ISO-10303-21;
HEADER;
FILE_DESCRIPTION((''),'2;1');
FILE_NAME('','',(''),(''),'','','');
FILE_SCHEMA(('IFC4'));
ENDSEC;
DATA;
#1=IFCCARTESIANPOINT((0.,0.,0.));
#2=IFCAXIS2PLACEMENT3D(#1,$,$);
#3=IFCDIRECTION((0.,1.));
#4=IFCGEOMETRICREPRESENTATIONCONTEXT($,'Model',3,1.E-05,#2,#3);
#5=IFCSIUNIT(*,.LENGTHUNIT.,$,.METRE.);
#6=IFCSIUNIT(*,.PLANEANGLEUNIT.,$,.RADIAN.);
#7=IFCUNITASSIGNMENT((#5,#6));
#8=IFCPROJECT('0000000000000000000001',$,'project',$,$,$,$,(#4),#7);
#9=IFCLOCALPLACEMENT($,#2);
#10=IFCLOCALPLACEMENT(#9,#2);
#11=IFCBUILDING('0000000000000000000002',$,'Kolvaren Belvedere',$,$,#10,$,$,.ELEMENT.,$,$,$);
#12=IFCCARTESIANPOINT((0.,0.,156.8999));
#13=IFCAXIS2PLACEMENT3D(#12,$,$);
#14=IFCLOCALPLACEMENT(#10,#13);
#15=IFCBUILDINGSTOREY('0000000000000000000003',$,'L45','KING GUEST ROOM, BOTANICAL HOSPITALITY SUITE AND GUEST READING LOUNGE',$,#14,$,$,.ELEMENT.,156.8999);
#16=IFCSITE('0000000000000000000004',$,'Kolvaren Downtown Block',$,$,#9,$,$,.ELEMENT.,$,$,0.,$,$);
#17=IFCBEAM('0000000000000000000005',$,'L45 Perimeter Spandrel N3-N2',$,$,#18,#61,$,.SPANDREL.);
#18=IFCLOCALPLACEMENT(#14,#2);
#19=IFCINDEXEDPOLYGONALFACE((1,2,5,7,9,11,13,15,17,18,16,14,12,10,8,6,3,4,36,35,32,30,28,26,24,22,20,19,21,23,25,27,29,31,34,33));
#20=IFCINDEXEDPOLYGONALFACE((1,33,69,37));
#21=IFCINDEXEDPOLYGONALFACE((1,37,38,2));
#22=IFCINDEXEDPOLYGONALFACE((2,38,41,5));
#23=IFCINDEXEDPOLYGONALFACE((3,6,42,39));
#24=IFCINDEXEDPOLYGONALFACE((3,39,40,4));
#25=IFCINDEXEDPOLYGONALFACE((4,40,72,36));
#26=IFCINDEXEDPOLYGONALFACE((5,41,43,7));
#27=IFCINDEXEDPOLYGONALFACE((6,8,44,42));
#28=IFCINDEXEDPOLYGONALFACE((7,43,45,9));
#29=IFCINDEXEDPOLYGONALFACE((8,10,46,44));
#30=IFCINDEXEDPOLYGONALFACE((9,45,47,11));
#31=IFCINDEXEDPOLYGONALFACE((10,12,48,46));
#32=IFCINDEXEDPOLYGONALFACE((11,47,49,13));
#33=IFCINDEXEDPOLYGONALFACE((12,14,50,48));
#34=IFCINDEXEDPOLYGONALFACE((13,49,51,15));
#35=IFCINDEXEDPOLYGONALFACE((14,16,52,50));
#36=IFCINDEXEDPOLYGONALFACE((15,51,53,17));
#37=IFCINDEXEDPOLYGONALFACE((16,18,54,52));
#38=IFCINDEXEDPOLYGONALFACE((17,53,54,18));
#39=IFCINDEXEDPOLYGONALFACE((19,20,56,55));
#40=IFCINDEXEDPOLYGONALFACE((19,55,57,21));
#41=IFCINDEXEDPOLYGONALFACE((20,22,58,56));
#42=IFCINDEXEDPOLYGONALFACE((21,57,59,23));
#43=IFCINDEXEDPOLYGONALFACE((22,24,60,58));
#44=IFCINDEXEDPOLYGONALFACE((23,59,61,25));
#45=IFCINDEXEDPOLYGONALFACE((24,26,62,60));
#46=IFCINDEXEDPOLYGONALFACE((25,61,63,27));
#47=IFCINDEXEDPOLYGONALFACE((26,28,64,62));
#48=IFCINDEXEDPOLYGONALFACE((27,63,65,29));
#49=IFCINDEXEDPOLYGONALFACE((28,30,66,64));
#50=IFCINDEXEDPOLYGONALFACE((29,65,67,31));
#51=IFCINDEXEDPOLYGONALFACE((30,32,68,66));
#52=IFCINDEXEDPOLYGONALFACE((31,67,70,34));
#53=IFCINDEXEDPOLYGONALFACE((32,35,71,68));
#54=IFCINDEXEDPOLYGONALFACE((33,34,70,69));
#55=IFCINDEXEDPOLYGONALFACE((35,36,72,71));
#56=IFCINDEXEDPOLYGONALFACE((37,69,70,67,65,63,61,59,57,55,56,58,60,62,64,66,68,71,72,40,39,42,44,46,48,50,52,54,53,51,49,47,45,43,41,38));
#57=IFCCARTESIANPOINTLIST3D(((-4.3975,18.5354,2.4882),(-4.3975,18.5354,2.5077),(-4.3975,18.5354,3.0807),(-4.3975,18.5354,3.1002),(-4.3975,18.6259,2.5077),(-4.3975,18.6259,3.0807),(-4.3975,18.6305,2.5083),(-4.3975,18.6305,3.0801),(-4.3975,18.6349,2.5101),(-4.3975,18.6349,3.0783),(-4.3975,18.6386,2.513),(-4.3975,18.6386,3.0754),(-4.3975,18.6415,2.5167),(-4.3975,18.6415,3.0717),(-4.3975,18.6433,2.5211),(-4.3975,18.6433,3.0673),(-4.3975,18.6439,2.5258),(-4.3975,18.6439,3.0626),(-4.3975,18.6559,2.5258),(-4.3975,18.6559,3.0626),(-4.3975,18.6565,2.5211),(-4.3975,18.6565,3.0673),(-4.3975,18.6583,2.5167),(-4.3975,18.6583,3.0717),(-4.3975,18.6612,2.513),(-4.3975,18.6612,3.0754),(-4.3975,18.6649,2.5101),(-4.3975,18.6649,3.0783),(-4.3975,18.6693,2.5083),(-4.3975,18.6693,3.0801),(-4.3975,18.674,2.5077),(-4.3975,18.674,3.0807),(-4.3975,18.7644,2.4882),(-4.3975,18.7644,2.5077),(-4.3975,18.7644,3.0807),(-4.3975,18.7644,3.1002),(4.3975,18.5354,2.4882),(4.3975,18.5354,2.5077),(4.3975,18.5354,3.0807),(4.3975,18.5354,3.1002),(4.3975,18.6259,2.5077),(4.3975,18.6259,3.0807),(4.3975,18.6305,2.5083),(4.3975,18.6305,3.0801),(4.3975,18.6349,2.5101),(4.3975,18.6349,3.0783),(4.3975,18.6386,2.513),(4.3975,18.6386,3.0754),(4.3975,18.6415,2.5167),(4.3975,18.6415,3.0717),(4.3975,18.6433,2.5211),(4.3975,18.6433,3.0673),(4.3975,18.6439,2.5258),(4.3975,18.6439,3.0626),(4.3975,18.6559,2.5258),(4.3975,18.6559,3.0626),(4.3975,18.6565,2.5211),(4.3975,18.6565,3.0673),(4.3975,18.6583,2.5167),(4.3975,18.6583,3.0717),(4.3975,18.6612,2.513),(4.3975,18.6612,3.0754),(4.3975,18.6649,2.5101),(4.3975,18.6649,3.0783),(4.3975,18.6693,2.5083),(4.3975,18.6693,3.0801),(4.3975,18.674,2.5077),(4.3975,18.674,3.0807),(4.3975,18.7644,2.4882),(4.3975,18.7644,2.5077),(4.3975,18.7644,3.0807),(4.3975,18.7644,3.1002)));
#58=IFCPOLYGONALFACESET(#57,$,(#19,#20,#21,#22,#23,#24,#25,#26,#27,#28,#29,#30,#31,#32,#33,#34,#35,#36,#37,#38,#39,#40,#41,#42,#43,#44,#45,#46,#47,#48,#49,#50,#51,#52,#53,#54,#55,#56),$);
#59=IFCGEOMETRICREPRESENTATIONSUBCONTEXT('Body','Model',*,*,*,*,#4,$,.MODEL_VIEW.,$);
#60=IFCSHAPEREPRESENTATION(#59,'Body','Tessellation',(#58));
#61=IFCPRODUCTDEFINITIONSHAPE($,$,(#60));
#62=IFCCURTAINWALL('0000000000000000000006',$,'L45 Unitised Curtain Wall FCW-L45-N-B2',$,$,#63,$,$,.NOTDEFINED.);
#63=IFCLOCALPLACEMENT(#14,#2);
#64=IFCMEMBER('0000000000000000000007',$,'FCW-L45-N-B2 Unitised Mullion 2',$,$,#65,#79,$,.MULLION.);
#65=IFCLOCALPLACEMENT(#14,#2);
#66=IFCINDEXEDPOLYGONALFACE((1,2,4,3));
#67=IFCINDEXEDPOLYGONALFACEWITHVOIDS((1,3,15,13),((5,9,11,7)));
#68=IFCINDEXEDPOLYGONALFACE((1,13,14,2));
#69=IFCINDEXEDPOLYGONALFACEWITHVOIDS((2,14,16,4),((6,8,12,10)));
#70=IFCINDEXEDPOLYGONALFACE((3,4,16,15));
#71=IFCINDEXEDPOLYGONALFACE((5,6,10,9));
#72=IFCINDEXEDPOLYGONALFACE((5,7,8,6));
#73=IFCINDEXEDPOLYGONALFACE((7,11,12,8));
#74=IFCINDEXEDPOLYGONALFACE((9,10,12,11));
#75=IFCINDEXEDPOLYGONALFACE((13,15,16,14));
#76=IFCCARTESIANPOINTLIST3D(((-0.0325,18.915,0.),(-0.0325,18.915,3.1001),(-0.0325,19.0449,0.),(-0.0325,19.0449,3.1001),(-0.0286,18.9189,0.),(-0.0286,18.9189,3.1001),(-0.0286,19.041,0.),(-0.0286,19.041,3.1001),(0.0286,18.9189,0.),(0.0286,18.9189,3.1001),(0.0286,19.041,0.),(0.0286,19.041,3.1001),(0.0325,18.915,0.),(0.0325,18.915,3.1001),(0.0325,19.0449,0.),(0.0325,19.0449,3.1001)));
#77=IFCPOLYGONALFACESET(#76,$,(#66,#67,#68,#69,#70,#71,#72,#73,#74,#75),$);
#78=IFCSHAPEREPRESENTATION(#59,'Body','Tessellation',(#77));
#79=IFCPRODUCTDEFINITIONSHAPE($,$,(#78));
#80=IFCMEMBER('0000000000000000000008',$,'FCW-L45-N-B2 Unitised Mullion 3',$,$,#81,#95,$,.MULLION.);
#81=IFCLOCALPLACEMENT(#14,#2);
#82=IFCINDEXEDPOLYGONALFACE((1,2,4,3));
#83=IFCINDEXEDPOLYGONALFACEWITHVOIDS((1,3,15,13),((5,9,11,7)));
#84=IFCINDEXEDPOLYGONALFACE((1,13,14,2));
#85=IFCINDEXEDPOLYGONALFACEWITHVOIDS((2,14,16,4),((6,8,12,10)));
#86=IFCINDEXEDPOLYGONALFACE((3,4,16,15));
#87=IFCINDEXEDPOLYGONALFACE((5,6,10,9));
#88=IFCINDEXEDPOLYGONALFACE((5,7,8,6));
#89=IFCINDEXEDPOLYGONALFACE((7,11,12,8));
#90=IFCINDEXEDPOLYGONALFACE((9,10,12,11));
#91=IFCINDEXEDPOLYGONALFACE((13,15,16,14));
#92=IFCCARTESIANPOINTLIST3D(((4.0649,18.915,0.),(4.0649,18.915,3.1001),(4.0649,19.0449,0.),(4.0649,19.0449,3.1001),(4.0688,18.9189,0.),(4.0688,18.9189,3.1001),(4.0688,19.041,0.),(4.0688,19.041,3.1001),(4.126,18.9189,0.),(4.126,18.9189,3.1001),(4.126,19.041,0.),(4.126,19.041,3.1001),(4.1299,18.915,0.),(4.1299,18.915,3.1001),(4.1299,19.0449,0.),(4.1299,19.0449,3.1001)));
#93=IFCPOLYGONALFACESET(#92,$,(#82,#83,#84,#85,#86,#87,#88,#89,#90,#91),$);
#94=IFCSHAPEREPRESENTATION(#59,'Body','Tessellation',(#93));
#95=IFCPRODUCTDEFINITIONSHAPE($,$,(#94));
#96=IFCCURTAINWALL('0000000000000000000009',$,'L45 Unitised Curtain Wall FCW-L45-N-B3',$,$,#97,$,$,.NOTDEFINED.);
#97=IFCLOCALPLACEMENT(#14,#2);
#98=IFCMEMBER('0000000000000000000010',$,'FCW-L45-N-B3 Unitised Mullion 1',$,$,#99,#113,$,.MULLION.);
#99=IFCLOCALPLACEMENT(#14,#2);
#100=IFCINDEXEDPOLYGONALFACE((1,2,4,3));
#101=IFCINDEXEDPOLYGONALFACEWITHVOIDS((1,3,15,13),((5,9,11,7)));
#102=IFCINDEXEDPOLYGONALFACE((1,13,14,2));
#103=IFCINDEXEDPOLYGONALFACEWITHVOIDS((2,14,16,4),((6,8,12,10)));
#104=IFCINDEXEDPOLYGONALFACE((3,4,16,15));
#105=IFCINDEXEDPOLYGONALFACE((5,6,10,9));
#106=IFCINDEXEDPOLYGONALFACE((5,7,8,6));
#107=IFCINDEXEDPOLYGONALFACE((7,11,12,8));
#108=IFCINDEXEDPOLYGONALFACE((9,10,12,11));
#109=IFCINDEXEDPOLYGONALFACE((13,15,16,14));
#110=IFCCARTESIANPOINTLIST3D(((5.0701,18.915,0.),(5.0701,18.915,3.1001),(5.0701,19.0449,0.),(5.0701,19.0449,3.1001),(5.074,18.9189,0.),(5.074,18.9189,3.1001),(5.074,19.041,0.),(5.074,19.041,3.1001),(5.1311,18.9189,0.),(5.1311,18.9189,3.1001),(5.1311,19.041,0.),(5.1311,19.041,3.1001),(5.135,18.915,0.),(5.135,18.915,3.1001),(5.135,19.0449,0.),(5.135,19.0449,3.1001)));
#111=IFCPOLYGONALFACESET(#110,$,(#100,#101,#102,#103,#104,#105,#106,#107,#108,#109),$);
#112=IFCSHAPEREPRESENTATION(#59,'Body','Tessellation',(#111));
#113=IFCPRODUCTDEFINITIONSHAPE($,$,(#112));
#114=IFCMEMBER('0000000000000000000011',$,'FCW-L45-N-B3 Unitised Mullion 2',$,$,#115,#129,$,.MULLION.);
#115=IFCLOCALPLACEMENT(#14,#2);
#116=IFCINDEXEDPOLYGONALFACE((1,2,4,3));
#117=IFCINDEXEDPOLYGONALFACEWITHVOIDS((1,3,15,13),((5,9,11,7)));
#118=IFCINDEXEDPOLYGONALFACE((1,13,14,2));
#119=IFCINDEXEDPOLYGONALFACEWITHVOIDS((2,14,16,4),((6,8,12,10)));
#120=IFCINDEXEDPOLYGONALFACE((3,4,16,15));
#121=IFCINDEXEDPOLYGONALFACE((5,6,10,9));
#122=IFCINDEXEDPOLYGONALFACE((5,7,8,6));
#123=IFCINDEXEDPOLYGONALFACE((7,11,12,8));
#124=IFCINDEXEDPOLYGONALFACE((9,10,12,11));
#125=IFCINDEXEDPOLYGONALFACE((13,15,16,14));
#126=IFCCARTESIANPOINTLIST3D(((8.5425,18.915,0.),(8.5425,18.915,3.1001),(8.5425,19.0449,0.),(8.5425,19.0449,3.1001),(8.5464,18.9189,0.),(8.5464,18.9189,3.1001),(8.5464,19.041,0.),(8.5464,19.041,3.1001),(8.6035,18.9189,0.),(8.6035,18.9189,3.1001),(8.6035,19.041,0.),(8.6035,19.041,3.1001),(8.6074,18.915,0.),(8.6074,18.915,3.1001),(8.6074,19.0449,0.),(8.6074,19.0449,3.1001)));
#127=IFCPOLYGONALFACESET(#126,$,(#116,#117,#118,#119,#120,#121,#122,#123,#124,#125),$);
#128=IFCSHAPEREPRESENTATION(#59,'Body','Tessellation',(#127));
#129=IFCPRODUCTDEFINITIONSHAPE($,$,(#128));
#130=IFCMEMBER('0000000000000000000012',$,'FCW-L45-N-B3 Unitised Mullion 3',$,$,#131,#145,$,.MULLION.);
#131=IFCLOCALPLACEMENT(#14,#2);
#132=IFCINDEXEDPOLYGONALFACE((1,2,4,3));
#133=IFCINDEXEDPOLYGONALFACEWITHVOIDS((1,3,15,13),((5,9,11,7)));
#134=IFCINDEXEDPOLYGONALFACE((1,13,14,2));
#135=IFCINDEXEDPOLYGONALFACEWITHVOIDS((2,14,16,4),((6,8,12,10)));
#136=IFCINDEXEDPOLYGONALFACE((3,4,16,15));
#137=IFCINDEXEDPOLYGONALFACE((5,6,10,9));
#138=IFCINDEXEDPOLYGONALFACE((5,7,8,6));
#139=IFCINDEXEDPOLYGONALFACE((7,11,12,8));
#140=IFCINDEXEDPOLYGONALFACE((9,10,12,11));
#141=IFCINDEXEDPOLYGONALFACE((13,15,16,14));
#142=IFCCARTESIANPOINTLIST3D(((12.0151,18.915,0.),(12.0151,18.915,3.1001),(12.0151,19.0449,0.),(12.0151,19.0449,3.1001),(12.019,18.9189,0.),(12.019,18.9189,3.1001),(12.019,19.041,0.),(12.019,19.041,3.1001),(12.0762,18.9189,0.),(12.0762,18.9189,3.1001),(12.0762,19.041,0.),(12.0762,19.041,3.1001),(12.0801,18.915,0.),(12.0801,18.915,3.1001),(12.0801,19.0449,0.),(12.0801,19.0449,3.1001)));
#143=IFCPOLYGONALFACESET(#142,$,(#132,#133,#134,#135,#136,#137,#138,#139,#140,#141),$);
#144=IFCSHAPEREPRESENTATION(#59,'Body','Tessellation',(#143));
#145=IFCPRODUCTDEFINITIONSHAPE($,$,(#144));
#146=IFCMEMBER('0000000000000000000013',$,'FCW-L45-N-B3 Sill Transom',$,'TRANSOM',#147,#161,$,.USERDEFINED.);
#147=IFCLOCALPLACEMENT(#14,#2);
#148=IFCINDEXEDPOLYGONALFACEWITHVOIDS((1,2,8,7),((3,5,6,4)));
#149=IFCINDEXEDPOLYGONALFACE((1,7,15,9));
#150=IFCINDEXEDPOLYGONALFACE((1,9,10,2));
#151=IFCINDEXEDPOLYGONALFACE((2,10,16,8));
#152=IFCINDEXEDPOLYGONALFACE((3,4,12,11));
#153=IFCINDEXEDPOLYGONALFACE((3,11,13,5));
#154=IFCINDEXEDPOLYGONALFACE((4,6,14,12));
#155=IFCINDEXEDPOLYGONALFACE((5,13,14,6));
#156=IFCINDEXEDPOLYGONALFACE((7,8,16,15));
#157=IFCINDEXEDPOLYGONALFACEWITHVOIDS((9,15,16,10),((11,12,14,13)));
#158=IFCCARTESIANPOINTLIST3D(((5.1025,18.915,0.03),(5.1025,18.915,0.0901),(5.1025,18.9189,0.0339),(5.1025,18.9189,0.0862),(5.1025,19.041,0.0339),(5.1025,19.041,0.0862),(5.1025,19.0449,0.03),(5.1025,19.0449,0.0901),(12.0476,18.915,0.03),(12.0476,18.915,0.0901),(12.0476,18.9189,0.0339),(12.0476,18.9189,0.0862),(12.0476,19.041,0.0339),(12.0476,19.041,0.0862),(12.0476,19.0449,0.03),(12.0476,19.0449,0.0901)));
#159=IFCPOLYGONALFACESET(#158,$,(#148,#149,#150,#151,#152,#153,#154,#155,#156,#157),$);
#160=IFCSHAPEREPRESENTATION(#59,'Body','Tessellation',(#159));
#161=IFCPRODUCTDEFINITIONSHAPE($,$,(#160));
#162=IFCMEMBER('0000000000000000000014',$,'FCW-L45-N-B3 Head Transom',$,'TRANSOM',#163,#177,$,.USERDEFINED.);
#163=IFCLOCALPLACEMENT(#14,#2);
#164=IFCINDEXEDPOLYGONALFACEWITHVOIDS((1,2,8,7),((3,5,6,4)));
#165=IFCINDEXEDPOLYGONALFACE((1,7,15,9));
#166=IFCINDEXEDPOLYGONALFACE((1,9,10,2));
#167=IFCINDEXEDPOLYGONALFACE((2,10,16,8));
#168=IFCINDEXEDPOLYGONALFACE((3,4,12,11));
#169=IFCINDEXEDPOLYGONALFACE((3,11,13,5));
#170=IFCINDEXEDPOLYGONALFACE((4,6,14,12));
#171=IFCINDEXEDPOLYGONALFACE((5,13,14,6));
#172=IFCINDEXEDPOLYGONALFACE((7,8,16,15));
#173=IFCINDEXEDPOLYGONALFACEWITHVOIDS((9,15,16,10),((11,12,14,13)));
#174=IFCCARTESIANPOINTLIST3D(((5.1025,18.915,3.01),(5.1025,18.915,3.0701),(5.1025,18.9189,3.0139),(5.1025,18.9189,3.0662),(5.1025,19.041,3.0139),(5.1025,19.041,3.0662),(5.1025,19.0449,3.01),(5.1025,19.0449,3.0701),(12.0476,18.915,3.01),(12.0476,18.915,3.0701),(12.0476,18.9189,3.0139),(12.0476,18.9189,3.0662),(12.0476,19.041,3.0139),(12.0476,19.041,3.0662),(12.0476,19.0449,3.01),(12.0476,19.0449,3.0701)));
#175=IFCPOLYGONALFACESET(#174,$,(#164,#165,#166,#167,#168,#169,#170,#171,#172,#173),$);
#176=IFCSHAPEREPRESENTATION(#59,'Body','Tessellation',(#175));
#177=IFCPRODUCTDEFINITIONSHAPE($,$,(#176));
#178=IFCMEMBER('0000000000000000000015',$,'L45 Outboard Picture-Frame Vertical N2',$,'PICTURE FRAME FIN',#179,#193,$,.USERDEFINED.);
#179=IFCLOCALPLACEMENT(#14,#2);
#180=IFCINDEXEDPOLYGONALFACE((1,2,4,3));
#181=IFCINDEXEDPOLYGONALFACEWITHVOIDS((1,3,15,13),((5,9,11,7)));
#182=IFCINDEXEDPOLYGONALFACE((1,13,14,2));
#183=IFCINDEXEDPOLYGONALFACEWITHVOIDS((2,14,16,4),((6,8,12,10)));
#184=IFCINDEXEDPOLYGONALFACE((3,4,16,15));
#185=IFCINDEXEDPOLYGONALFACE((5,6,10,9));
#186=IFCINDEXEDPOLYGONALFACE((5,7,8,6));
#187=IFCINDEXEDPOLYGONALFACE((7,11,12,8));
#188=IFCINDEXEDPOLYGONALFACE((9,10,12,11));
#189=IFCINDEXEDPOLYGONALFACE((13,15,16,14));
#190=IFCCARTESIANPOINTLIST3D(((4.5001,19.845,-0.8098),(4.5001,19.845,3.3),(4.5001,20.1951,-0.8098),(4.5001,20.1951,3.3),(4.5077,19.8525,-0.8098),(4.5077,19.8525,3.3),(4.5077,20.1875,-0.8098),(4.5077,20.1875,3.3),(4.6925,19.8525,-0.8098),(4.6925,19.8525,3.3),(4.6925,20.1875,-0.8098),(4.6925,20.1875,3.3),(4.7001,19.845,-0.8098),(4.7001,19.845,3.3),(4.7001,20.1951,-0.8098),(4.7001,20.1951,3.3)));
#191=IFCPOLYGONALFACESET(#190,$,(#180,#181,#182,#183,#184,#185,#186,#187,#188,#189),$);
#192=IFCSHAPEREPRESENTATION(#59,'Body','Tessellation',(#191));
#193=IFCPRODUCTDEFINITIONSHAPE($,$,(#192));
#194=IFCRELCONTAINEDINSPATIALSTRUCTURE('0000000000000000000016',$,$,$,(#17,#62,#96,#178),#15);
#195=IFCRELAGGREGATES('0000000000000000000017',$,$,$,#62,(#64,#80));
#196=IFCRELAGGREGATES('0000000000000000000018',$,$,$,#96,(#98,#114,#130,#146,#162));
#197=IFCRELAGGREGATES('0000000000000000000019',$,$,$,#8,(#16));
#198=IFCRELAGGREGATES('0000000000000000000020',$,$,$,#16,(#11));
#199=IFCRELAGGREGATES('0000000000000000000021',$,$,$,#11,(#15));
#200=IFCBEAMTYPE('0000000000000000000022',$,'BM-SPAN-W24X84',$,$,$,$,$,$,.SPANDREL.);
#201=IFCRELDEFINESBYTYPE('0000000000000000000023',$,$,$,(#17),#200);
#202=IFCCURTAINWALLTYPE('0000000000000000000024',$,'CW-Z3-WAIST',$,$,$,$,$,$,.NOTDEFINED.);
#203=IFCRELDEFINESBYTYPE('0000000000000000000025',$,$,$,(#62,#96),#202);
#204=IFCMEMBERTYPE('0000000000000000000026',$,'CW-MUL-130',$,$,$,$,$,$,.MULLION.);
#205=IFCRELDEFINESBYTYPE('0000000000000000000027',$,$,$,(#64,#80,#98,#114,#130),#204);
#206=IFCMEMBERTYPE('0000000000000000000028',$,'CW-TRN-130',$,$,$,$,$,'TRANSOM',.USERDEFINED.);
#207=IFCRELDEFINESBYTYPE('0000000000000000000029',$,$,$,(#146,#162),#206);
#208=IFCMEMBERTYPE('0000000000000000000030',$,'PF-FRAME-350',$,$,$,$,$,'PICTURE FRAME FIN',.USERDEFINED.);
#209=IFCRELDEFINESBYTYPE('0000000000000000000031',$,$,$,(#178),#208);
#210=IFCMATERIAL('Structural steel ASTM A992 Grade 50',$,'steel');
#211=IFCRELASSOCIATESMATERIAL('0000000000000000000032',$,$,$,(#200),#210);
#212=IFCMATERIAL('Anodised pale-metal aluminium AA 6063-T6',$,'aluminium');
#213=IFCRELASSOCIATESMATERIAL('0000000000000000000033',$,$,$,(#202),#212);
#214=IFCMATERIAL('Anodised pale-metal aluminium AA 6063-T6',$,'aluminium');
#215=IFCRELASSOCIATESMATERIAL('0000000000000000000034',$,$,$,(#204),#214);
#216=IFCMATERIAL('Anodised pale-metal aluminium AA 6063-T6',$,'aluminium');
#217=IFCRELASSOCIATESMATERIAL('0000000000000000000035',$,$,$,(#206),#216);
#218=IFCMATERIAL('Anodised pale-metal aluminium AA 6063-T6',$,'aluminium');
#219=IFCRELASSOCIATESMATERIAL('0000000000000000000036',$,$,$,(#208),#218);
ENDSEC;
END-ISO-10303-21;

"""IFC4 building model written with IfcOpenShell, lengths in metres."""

from ifc_helpers import new_model, si_unit, direction, frame, origin, origin_2d, place, context, subcontext, project, spatial, hollow_rectangle, i_section, extrude, material, material_profile, profile_set, type_object, element, aggregate, save


model = new_model("IFC4")

# Units and contexts
model_context = context("Model", 3, precision=1e-05, world=origin(), true_north=direction((0.0, 1.0)))
body_context = subcontext(model_context, "Body", "Model", "MODEL_VIEW")
ifc_project = project(units=[si_unit("LENGTHUNIT", "METRE"), si_unit("PLANEANGLEUNIT", "RADIAN")], contexts=[model_context])

# Site, building, storey
site_placement = place(None, origin())
site = spatial("IfcSite", under=ifc_project, at=site_placement, Name="Kolvaren Downtown Block", CompositionType="ELEMENT", RefElevation=0.0)
building_placement = place(site_placement, origin())
building = spatial("IfcBuilding", under=site, at=building_placement, Name="Kolvaren Belvedere", CompositionType="ELEMENT")
storey_placement = place(building_placement, frame((0.0, 0.0, 156.8999)))
storey = spatial("IfcBuildingStorey", under=building, at=storey_placement, Name="L45", Description="KING GUEST ROOM, BOTANICAL HOSPITALITY SUITE AND GUEST READING LOUNGE", CompositionType="ELEMENT", Elevation=156.8999)

# Beam
ifc_material_1 = material(Name="Structural steel ASTM A992 Grade 50", Category="steel")
ifc_material_profile_1 = material_profile(ifc_material_1, i_section(OverallWidth=0.229, OverallDepth=0.6121, WebThickness=0.012, FlangeThickness=0.0195, FilletRadius=0.0181, at=origin_2d()), Name="W24X84")
ifc_profile_set_1 = profile_set([ifc_material_profile_1], Name="Structural steel ASTM A992 Grade 50")
beam_type_1 = type_object("IfcBeamType", Name="BM-SPAN-W24X84", PredefinedType="SPANDREL", material=ifc_profile_set_1)
beam_1_placement = place(storey_placement, frame((4.3975, 18.6499, 2.7942), z_axis=(-1.0, 0.0, 0.0), x_axis=(0.0, -1.0, 0.0)))
element("IfcBeam", 1, at=beam_1_placement, inside=storey, type_object=beam_type_1, Name="L45 Perimeter Spandrel N3-N2", PredefinedType="SPANDREL", context=body_context, shape_type="SweptSolid", body=[
    extrude(i_section(OverallWidth=0.229, OverallDepth=0.6121, WebThickness=0.012, FlangeThickness=0.0195, FilletRadius=0.0181, at=origin_2d()), origin(), (0.0, 0.0, 1.0), 8.7949),
])

# Curtain walls, members
ifc_material_2 = material(Name="Anodised pale-metal aluminium AA 6063-T6", Category="aluminium")
curtain_wall_type = type_object("IfcCurtainWallType", Name="CW-Z3-WAIST", PredefinedType="NOTDEFINED", material=ifc_material_2)
curtain_wall_1_placement = place(storey_placement, origin())
curtain_wall_1 = element("IfcCurtainWall", 2, at=curtain_wall_1_placement, inside=storey, type_object=curtain_wall_type, Name="L45 Unitised Curtain Wall FCW-L45-N-B2", PredefinedType="NOTDEFINED")
ifc_material_3 = material(Name="Anodised pale-metal aluminium AA 6063-T6", Category="aluminium")
ifc_material_profile_2 = material_profile(ifc_material_3, hollow_rectangle(XDim=0.0649, YDim=0.1299, WallThickness=0.0039, at=origin_2d()), Name="ALU-MUL-130X65")
ifc_profile_set_2 = profile_set([ifc_material_profile_2], Name="Anodised pale-metal aluminium AA 6063-T6")
member_type_1 = type_object("IfcMemberType", Name="CW-MUL-130", PredefinedType="MULLION", material=ifc_profile_set_2)
member_1_placement = place(storey_placement, frame((0.0, 18.98, 0.0), z_axis=(0.0, 0.0, 1.0), x_axis=(1.0, 0.0, 0.0)))
member_1 = element("IfcMember", 3, at=member_1_placement, type_object=member_type_1, Name="FCW-L45-N-B2 Unitised Mullion 2", PredefinedType="MULLION", context=body_context, shape_type="SweptSolid", body=[
    extrude(hollow_rectangle(XDim=0.0649, YDim=0.1299, WallThickness=0.0039, at=origin_2d()), origin(), (0.0, 0.0, 1.0), 3.1001),
])
member_2_placement = place(storey_placement, frame((4.0974, 18.98, 0.0), z_axis=(0.0, 0.0, 1.0), x_axis=(1.0, 0.0, 0.0)))
member_2 = element("IfcMember", 4, at=member_2_placement, type_object=member_type_1, Name="FCW-L45-N-B2 Unitised Mullion 3", PredefinedType="MULLION", context=body_context, shape_type="SweptSolid", body=[
    extrude(hollow_rectangle(XDim=0.0649, YDim=0.1299, WallThickness=0.0039, at=origin_2d()), origin(), (0.0, 0.0, 1.0), 3.1001),
])
curtain_wall_2_placement = place(storey_placement, origin())
curtain_wall_2 = element("IfcCurtainWall", 5, at=curtain_wall_2_placement, inside=storey, type_object=curtain_wall_type, Name="L45 Unitised Curtain Wall FCW-L45-N-B3", PredefinedType="NOTDEFINED")
member_3_placement = place(storey_placement, frame((5.1025, 18.98, 0.0), z_axis=(0.0, 0.0, 1.0), x_axis=(1.0, 0.0, 0.0)))
member_3 = element("IfcMember", 6, at=member_3_placement, type_object=member_type_1, Name="FCW-L45-N-B3 Unitised Mullion 1", PredefinedType="MULLION", context=body_context, shape_type="SweptSolid", body=[
    extrude(hollow_rectangle(XDim=0.0649, YDim=0.1299, WallThickness=0.0039, at=origin_2d()), origin(), (0.0, 0.0, 1.0), 3.1001),
])
member_4_placement = place(storey_placement, frame((8.575, 18.98, 0.0), z_axis=(0.0, 0.0, 1.0), x_axis=(1.0, 0.0, 0.0)))
member_4 = element("IfcMember", 7, at=member_4_placement, type_object=member_type_1, Name="FCW-L45-N-B3 Unitised Mullion 2", PredefinedType="MULLION", context=body_context, shape_type="SweptSolid", body=[
    extrude(hollow_rectangle(XDim=0.0649, YDim=0.1299, WallThickness=0.0039, at=origin_2d()), origin(), (0.0, 0.0, 1.0), 3.1001),
])
member_5_placement = place(storey_placement, frame((12.0476, 18.98, 0.0), z_axis=(0.0, 0.0, 1.0), x_axis=(1.0, 0.0, 0.0)))
member_5 = element("IfcMember", 8, at=member_5_placement, type_object=member_type_1, Name="FCW-L45-N-B3 Unitised Mullion 3", PredefinedType="MULLION", context=body_context, shape_type="SweptSolid", body=[
    extrude(hollow_rectangle(XDim=0.0649, YDim=0.1299, WallThickness=0.0039, at=origin_2d()), origin(), (0.0, 0.0, 1.0), 3.1001),
])
ifc_material_4 = material(Name="Anodised pale-metal aluminium AA 6063-T6", Category="aluminium")
ifc_material_profile_3 = material_profile(ifc_material_4, hollow_rectangle(XDim=0.0601, YDim=0.1299, WallThickness=0.0039, at=origin_2d()), Name="ALU-TRN-130X60")
ifc_profile_set_3 = profile_set([ifc_material_profile_3], Name="Anodised pale-metal aluminium AA 6063-T6")
member_type_2 = type_object("IfcMemberType", Name="CW-TRN-130", ElementType="TRANSOM", PredefinedType="USERDEFINED", material=ifc_profile_set_3)
member_6_placement = place(storey_placement, frame((5.1025, 18.98, 0.0601), z_axis=(1.0, 0.0, 0.0), x_axis=(0.0, 0.0, 1.0)))
member_6 = element("IfcMember", 9, at=member_6_placement, type_object=member_type_2, Name="FCW-L45-N-B3 Sill Transom", ObjectType="TRANSOM", PredefinedType="USERDEFINED", context=body_context, shape_type="SweptSolid", body=[
    extrude(hollow_rectangle(XDim=0.0601, YDim=0.1299, WallThickness=0.0039, at=origin_2d()), origin(), (0.0, 0.0, 1.0), 6.9451),
])
member_7_placement = place(storey_placement, frame((5.1025, 18.98, 3.04), z_axis=(1.0, 0.0, 0.0), x_axis=(0.0, 0.0, 1.0)))
member_7 = element("IfcMember", 10, at=member_7_placement, type_object=member_type_2, Name="FCW-L45-N-B3 Head Transom", ObjectType="TRANSOM", PredefinedType="USERDEFINED", context=body_context, shape_type="SweptSolid", body=[
    extrude(hollow_rectangle(XDim=0.0601, YDim=0.1299, WallThickness=0.0039, at=origin_2d()), origin(), (0.0, 0.0, 1.0), 6.9451),
])

# Member
ifc_material_5 = material(Name="Anodised pale-metal aluminium AA 6063-T6", Category="aluminium")
ifc_material_profile_4 = material_profile(ifc_material_5, hollow_rectangle(XDim=0.2, YDim=0.3501, WallThickness=0.0076, at=origin_2d()), Name="ALU-PF-350X200")
ifc_profile_set_4 = profile_set([ifc_material_profile_4], Name="Anodised pale-metal aluminium AA 6063-T6")
member_type_3 = type_object("IfcMemberType", Name="PF-FRAME-350", ElementType="PICTURE FRAME FIN", PredefinedType="USERDEFINED", material=ifc_profile_set_4)
member_8_placement = place(storey_placement, frame((4.6001, 20.02, -0.8098), z_axis=(0.0, 0.0, 1.0), x_axis=(1.0, 0.0, 0.0)))
element("IfcMember", 11, at=member_8_placement, inside=storey, type_object=member_type_3, Name="L45 Outboard Picture-Frame Vertical N2", ObjectType="PICTURE FRAME FIN", PredefinedType="USERDEFINED", context=body_context, shape_type="SweptSolid", body=[
    extrude(hollow_rectangle(XDim=0.2, YDim=0.3501, WallThickness=0.0076, at=origin_2d()), origin(), (0.0, 0.0, 1.0), 4.1099),
])

aggregate(curtain_wall_1, [member_1, member_2])
aggregate(curtain_wall_2, [member_3, member_4, member_5, member_6, member_7])

save(model, "model.ifc")
